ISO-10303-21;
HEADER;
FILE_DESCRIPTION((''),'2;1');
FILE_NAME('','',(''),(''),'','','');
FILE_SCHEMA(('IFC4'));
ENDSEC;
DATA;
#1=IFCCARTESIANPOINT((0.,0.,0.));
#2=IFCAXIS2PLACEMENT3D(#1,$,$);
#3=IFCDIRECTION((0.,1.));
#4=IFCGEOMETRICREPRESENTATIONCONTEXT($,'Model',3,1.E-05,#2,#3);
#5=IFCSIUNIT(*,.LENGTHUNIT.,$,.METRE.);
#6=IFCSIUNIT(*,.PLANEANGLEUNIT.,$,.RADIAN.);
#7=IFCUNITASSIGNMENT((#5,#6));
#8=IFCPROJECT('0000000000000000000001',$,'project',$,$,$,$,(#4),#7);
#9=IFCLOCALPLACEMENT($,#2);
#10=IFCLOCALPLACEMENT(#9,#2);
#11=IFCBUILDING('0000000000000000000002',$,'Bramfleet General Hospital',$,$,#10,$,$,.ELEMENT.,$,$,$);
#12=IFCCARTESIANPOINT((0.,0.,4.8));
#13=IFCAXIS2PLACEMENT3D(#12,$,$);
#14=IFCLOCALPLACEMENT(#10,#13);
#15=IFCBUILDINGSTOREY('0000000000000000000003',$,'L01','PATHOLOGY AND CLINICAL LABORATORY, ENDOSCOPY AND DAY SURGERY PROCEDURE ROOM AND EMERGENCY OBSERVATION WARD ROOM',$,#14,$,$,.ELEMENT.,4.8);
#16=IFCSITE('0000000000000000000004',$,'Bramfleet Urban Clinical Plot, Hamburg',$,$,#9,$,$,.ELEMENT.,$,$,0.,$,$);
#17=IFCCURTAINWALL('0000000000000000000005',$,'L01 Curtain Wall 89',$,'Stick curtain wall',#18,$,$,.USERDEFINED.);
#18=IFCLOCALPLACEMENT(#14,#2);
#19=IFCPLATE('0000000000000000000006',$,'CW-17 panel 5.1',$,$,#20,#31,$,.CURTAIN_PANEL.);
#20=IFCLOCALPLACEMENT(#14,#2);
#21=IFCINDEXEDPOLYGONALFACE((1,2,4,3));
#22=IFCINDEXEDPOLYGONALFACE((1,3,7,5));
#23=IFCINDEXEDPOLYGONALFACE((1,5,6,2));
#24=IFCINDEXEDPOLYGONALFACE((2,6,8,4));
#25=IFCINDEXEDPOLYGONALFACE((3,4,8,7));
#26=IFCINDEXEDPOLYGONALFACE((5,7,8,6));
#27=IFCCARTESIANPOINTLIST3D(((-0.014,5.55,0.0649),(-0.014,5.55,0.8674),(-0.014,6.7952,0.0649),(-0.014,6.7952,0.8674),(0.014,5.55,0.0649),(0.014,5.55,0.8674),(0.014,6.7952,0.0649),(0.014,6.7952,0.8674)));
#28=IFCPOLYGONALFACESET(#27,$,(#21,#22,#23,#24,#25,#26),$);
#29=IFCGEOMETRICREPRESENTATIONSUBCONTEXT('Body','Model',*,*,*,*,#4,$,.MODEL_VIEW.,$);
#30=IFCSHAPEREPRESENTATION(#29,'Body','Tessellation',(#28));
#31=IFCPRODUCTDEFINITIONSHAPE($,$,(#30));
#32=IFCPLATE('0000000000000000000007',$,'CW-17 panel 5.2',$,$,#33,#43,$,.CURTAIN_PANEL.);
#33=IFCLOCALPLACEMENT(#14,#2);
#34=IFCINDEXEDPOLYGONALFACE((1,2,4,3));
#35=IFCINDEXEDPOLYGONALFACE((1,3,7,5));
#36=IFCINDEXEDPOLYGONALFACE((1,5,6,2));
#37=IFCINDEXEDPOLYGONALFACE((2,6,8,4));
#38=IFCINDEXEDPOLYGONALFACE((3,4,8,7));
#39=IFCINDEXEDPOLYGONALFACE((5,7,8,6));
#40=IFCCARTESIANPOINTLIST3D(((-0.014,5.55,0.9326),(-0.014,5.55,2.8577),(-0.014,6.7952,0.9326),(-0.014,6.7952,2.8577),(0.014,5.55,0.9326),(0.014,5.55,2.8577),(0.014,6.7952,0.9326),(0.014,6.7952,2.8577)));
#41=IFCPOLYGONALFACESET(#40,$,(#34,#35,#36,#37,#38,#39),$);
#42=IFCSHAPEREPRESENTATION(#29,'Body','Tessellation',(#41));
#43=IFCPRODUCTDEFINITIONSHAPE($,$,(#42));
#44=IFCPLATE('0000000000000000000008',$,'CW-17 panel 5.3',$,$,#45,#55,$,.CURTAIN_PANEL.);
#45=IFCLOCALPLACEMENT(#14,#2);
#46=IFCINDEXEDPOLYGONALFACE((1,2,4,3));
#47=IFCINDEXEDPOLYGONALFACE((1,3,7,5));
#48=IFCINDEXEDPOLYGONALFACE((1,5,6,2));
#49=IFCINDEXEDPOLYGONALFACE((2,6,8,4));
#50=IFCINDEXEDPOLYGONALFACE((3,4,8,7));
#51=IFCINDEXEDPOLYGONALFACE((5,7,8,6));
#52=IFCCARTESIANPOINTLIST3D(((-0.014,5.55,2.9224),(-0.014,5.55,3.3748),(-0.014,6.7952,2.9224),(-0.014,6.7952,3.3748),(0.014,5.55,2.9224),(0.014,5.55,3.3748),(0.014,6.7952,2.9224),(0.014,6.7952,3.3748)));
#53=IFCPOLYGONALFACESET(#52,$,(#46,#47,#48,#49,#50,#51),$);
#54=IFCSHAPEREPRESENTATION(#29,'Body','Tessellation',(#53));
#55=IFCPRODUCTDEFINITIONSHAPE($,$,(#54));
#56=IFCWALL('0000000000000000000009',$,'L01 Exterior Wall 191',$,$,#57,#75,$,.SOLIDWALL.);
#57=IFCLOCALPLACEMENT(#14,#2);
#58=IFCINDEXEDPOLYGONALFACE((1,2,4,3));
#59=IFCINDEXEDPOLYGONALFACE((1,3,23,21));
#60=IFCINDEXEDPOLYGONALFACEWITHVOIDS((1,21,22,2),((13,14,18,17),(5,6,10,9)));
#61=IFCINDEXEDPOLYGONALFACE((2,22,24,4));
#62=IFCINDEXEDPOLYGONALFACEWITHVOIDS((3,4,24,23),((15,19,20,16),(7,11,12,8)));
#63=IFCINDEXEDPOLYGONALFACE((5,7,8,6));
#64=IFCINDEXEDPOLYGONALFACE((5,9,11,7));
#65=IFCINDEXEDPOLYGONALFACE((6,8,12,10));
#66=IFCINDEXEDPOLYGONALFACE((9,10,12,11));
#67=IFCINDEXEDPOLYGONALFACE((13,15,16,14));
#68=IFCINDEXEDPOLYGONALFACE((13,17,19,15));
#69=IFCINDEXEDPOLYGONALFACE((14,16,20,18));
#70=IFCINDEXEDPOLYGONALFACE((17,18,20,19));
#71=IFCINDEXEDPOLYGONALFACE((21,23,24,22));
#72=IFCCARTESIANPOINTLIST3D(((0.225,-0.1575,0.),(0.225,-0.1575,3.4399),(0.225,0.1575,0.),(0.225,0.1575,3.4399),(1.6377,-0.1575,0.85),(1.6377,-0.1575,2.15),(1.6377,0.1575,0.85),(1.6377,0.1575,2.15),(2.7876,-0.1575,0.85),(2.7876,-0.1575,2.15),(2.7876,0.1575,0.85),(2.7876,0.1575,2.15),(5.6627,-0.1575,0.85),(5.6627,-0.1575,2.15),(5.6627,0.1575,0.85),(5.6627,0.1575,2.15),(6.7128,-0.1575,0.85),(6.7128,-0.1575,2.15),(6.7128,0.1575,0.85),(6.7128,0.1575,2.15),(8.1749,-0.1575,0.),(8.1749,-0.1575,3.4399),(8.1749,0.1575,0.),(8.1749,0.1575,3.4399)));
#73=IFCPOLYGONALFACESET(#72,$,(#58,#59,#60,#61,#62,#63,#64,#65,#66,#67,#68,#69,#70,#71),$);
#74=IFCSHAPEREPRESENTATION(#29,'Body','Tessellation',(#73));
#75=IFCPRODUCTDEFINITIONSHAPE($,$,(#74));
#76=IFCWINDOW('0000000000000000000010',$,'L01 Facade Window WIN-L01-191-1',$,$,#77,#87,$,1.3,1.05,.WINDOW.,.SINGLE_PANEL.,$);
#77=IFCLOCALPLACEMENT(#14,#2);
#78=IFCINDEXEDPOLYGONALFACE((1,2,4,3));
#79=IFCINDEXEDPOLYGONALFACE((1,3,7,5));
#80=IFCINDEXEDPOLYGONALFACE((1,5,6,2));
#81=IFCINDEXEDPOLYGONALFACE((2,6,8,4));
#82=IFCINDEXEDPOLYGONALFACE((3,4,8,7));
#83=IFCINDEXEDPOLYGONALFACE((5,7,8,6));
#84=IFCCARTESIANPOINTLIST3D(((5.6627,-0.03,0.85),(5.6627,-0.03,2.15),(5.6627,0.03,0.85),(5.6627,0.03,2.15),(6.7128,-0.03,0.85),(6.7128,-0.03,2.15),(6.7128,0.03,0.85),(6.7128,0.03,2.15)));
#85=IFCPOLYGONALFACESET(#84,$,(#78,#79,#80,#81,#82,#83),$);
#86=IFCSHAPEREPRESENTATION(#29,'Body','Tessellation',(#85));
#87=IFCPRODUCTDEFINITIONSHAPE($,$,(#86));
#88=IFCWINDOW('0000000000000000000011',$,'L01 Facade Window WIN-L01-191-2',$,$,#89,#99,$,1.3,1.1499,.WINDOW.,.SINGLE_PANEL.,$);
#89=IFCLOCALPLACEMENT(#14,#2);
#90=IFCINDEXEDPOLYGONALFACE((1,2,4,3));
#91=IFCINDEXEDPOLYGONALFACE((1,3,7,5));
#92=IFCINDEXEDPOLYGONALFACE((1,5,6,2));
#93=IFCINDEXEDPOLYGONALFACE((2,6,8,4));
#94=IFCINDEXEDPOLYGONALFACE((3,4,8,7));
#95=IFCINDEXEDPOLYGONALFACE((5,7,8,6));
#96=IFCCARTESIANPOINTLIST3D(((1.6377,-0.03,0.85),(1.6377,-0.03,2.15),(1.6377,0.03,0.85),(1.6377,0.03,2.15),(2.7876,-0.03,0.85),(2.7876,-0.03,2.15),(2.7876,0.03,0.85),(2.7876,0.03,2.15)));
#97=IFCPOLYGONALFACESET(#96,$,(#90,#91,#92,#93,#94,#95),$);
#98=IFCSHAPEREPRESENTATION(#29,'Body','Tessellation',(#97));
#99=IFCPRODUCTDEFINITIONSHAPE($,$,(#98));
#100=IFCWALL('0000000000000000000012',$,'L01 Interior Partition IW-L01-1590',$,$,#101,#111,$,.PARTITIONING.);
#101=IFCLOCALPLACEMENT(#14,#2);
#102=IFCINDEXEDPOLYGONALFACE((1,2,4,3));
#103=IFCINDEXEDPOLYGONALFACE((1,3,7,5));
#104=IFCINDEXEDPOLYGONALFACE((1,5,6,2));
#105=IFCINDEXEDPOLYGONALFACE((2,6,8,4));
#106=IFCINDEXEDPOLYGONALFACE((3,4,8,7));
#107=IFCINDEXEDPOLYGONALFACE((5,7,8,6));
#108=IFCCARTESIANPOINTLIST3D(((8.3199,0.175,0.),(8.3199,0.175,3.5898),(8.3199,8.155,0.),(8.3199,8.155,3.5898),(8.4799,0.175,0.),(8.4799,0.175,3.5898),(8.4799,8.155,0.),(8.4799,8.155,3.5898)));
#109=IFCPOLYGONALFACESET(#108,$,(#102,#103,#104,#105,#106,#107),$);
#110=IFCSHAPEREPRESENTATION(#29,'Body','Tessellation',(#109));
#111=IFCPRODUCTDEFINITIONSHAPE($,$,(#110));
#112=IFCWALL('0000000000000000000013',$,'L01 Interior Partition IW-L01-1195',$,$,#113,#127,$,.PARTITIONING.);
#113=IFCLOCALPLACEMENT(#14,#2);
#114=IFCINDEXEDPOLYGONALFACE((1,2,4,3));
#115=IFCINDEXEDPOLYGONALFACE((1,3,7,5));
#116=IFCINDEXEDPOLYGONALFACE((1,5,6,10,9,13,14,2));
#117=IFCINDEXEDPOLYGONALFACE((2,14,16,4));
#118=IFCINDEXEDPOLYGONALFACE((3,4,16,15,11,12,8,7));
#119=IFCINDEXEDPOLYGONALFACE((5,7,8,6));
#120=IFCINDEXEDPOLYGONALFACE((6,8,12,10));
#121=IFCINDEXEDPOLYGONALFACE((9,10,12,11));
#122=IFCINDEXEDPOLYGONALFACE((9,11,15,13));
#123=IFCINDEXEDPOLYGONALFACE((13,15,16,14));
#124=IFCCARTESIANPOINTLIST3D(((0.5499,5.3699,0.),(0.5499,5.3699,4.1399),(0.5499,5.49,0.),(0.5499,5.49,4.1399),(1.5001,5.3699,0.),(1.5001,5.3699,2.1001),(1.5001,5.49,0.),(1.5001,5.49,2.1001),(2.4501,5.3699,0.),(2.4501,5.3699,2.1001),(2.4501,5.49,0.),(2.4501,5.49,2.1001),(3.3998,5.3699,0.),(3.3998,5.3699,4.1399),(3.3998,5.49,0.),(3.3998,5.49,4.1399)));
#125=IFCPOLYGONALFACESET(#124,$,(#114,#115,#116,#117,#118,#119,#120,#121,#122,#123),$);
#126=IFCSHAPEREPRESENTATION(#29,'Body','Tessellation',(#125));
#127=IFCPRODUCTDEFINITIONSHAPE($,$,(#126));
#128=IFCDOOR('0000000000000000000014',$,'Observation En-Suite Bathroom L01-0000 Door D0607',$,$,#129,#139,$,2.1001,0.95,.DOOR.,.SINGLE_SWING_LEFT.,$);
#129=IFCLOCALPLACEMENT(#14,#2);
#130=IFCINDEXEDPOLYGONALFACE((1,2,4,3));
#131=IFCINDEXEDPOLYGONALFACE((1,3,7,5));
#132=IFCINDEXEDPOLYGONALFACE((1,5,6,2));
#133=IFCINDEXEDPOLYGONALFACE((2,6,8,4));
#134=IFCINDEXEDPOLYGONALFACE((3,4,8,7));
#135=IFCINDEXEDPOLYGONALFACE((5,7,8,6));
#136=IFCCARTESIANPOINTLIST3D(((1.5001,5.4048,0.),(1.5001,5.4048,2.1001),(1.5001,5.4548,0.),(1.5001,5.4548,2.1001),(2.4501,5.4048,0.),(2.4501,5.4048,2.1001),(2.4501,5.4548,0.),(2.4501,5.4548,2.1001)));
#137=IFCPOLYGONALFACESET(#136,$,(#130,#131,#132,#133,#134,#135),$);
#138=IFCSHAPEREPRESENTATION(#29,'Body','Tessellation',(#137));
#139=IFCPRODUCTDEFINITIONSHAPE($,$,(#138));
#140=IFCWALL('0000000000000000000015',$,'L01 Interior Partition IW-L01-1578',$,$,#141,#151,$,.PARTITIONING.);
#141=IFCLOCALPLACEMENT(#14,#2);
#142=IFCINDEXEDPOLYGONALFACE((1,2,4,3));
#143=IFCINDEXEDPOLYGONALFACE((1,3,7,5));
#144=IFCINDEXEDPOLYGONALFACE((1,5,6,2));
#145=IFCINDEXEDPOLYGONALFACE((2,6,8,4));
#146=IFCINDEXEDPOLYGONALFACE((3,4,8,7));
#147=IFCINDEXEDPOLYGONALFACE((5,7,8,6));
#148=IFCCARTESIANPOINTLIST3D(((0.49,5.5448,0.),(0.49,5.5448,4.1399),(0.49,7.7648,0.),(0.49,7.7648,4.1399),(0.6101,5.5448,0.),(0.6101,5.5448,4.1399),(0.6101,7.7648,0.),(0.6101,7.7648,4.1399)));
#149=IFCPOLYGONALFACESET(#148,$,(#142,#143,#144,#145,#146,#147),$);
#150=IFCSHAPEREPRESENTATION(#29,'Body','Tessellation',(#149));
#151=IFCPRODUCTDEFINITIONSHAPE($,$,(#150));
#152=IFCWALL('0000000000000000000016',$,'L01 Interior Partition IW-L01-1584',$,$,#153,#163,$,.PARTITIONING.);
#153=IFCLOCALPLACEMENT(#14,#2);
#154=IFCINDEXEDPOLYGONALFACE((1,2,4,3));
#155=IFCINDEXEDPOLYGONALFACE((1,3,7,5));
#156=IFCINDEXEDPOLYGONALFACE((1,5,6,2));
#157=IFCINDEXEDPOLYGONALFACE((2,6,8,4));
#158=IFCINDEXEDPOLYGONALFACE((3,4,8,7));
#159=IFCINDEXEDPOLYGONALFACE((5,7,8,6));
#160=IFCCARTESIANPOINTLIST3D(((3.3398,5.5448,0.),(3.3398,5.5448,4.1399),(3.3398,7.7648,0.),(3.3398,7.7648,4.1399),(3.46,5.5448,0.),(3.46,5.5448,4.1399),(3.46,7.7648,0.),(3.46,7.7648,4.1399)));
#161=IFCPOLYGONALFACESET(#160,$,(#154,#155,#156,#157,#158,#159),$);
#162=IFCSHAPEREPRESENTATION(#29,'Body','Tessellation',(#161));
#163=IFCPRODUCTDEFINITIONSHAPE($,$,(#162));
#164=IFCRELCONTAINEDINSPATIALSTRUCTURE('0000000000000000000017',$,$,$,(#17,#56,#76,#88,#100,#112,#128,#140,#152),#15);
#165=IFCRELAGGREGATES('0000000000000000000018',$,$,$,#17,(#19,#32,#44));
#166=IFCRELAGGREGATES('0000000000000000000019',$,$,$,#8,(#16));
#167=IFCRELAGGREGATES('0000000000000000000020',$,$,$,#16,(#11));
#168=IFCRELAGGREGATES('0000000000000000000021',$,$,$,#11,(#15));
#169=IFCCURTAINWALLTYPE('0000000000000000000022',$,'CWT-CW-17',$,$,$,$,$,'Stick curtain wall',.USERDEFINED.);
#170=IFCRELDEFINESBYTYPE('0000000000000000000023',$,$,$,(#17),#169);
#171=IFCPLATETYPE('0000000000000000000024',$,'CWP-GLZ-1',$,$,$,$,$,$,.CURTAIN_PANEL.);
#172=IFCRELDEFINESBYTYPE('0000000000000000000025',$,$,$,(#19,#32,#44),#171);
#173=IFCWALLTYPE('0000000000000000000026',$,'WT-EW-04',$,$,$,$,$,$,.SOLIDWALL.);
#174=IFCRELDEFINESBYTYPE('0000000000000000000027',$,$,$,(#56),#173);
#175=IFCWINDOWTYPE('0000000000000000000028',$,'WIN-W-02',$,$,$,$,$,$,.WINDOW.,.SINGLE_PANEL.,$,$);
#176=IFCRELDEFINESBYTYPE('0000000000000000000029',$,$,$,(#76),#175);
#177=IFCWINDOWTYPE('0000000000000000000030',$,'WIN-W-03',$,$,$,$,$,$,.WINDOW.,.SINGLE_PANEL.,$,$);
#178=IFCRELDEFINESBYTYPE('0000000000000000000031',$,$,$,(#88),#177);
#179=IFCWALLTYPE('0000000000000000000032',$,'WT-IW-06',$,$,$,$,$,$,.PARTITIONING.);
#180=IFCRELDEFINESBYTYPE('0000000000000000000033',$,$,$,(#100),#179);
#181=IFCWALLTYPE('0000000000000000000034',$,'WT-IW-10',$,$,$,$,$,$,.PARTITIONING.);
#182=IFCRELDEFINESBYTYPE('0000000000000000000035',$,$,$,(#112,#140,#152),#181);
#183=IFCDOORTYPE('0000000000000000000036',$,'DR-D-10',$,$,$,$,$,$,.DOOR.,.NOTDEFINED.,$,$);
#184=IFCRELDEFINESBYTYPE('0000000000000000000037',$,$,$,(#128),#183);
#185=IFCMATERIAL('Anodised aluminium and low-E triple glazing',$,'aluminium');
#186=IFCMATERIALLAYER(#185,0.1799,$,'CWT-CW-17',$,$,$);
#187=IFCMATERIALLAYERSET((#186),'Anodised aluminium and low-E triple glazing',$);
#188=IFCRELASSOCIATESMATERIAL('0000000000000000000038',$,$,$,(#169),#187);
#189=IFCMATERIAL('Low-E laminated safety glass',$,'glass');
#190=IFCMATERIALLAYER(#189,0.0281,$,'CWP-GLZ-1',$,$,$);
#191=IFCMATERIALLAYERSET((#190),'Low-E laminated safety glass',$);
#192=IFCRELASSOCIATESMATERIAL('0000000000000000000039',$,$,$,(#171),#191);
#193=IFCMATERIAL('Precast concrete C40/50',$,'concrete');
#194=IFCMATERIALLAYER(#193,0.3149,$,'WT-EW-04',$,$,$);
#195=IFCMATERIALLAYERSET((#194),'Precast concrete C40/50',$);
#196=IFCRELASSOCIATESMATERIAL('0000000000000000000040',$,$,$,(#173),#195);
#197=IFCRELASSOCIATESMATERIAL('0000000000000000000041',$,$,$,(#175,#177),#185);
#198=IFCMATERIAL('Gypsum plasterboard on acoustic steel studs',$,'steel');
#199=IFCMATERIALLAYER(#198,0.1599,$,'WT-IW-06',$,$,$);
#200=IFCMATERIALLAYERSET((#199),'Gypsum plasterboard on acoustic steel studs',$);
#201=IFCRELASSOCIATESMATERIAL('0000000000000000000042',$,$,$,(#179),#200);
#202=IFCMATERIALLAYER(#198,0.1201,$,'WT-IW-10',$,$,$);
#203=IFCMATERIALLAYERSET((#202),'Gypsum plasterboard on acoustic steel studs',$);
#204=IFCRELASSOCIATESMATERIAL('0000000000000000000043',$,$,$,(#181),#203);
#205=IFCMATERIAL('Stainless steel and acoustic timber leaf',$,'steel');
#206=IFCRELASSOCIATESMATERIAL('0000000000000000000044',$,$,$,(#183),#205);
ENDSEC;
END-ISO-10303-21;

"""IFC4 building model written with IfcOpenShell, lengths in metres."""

from ifc_helpers import new_model, si_unit, direction, frame, frame_2d, origin, origin_2d, place, context, subcontext, project, spatial, rectangle, extrude, material, layer, layer_set, type_object, element, fill, aggregate, save


model = new_model("IFC4")

# Units and contexts
model_context = context("Model", 3, precision=1e-05, world=origin(), true_north=direction((0.0, 1.0)))
body_context = subcontext(model_context, "Body", "Model", "MODEL_VIEW")
ifc_project = project(units=[si_unit("LENGTHUNIT", "METRE"), si_unit("PLANEANGLEUNIT", "RADIAN")], contexts=[model_context])

# Site, building, storey
site_placement = place(None, origin())
site = spatial("IfcSite", under=ifc_project, at=site_placement, Name="Bramfleet Urban Clinical Plot, Hamburg", CompositionType="ELEMENT", RefElevation=0.0)
building_placement = place(site_placement, origin())
building = spatial("IfcBuilding", under=site, at=building_placement, Name="Bramfleet General Hospital", CompositionType="ELEMENT")
storey_placement = place(building_placement, frame((0.0, 0.0, 4.8)))
storey = spatial("IfcBuildingStorey", under=building, at=storey_placement, Name="L01", Description="PATHOLOGY AND CLINICAL LABORATORY, ENDOSCOPY AND DAY SURGERY PROCEDURE ROOM AND EMERGENCY OBSERVATION WARD ROOM", CompositionType="ELEMENT", Elevation=4.8)

# Curtain wall, plates
ifc_material_1 = material(Name="Anodised aluminium and low-E triple glazing", Category="aluminium")
ifc_layer_1 = layer(ifc_material_1, 0.1799, Name="CWT-CW-17")
ifc_layer_set_1 = layer_set([ifc_layer_1], Name="Anodised aluminium and low-E triple glazing")
curtain_wall_type = type_object("IfcCurtainWallType", Name="CWT-CW-17", ElementType="Stick curtain wall", PredefinedType="USERDEFINED", material=ifc_layer_set_1)
curtain_wall_placement = place(storey_placement, origin())
curtain_wall = element("IfcCurtainWall", 1, at=curtain_wall_placement, inside=storey, type_object=curtain_wall_type, Name="L01 Curtain Wall 89", ObjectType="Stick curtain wall", PredefinedType="USERDEFINED")
ifc_material_2 = material(Name="Low-E laminated safety glass", Category="glass")
ifc_layer_2 = layer(ifc_material_2, 0.0281, Name="CWP-GLZ-1")
ifc_layer_set_2 = layer_set([ifc_layer_2], Name="Low-E laminated safety glass")
plate_type = type_object("IfcPlateType", Name="CWP-GLZ-1", PredefinedType="CURTAIN_PANEL", material=ifc_layer_set_2)
plate_1_placement = place(storey_placement, frame((0.0, 6.1726, 0.0649), z_axis=(0.0, 0.0, 1.0), x_axis=(0.0, 1.0, 0.0)))
plate_1 = element("IfcPlate", 2, at=plate_1_placement, type_object=plate_type, Name="CW-17 panel 5.1", PredefinedType="CURTAIN_PANEL", context=body_context, shape_type="SweptSolid", body=[
    extrude(rectangle(XDim=1.2451, YDim=0.0281, at=origin_2d()), origin(), (0.0, 0.0, 1.0), 0.8025),
])
plate_2_placement = place(storey_placement, frame((0.0, 6.1726, 0.9326), z_axis=(0.0, 0.0, 1.0), x_axis=(0.0, 1.0, 0.0)))
plate_2 = element("IfcPlate", 3, at=plate_2_placement, type_object=plate_type, Name="CW-17 panel 5.2", PredefinedType="CURTAIN_PANEL", context=body_context, shape_type="SweptSolid", body=[
    extrude(rectangle(XDim=1.2451, YDim=0.0281, at=origin_2d()), origin(), (0.0, 0.0, 1.0), 1.925),
])
plate_3_placement = place(storey_placement, frame((0.0, 6.1726, 2.9224), z_axis=(0.0, 0.0, 1.0), x_axis=(0.0, 1.0, 0.0)))
plate_3 = element("IfcPlate", 4, at=plate_3_placement, type_object=plate_type, Name="CW-17 panel 5.3", PredefinedType="CURTAIN_PANEL", context=body_context, shape_type="SweptSolid", body=[
    extrude(rectangle(XDim=1.2451, YDim=0.0281, at=origin_2d()), origin(), (0.0, 0.0, 1.0), 0.4524),
])
aggregate(curtain_wall, [plate_1, plate_2, plate_3])

# Wall, openings, windows
ifc_material_3 = material(Name="Precast concrete C40/50", Category="concrete")
ifc_layer_3 = layer(ifc_material_3, 0.3149, Name="WT-EW-04")
ifc_layer_set_3 = layer_set([ifc_layer_3], Name="Precast concrete C40/50")
wall_type_1 = type_object("IfcWallType", Name="WT-EW-04", PredefinedType="SOLIDWALL", material=ifc_layer_set_3)
wall_1_placement = place(storey_placement, frame((8.175, 0.0, 0.0), z_axis=(0.0, 0.0, 1.0), x_axis=(-1.0, 0.0, 0.0)))
wall_1 = element("IfcWall", 5, at=wall_1_placement, inside=storey, type_object=wall_type_1, Name="L01 Exterior Wall 191", PredefinedType="SOLIDWALL", context=body_context, shape_type="SweptSolid", body=[
    extrude(rectangle(XDim=7.95, YDim=0.3149, at=frame_2d((3.9751, 0.0))), origin(), (0.0, 0.0, 1.0), 3.4399),
])
opening_1_placement = place(wall_1_placement, frame((1.4624, 0.0, 0.8501)))
opening_1 = element("IfcOpeningElement", 6, at=opening_1_placement, cuts=wall_1, PredefinedType="OPENING", context=body_context, shape_type="SweptSolid", body=[
    extrude(rectangle(XDim=1.05, YDim=1.3, at=frame_2d((0.5249, 0.6499))), frame((0.0, 0.1675, 0.0), z_axis=(0.0, -1.0, 0.0), x_axis=(1.0, 0.0, 0.0)), (0.0, 0.0, 1.0), 0.335),
])
opening_2_placement = place(wall_1_placement, frame((5.3875, 0.0, 0.8501)))
opening_2 = element("IfcOpeningElement", 7, at=opening_2_placement, cuts=wall_1, PredefinedType="OPENING", context=body_context, shape_type="SweptSolid", body=[
    extrude(rectangle(XDim=1.1499, YDim=1.3, at=frame_2d((0.575, 0.6499))), frame((0.0, 0.1675, 0.0), z_axis=(0.0, -1.0, 0.0), x_axis=(1.0, 0.0, 0.0)), (0.0, 0.0, 1.0), 0.335),
])
window_type_1 = type_object("IfcWindowType", Name="WIN-W-02", PartitioningType="SINGLE_PANEL", PredefinedType="WINDOW", material=ifc_material_1)
window_1_placement = place(opening_1_placement, origin())
window_1 = element("IfcWindow", 8, at=window_1_placement, inside=storey, type_object=window_type_1, Name="L01 Facade Window WIN-L01-191-1", OverallHeight=1.3, OverallWidth=1.05, PartitioningType="SINGLE_PANEL", PredefinedType="WINDOW", context=body_context, shape_type="SweptSolid", body=[
    extrude(rectangle(XDim=1.05, YDim=1.3, at=frame_2d((0.5249, 0.6499))), frame((0.0, 0.03, 0.0), z_axis=(0.0, -1.0, 0.0), x_axis=(1.0, 0.0, 0.0)), (0.0, 0.0, 1.0), 0.0601),
])
fill(opening_1, window_1)
window_type_2 = type_object("IfcWindowType", Name="WIN-W-03", PartitioningType="SINGLE_PANEL", PredefinedType="WINDOW", material=ifc_material_1)
window_2_placement = place(opening_2_placement, origin())
window_2 = element("IfcWindow", 9, at=window_2_placement, inside=storey, type_object=window_type_2, Name="L01 Facade Window WIN-L01-191-2", OverallHeight=1.3, OverallWidth=1.1499, PartitioningType="SINGLE_PANEL", PredefinedType="WINDOW", context=body_context, shape_type="SweptSolid", body=[
    extrude(rectangle(XDim=1.1499, YDim=1.3, at=frame_2d((0.575, 0.6499))), frame((0.0, 0.03, 0.0), z_axis=(0.0, -1.0, 0.0), x_axis=(1.0, 0.0, 0.0)), (0.0, 0.0, 1.0), 0.0601),
])
fill(opening_2, window_2)

# Wall
ifc_material_4 = material(Name="Gypsum plasterboard on acoustic steel studs", Category="steel")
ifc_layer_4 = layer(ifc_material_4, 0.1599, Name="WT-IW-06")
ifc_layer_set_4 = layer_set([ifc_layer_4], Name="Gypsum plasterboard on acoustic steel studs")
wall_type_2 = type_object("IfcWallType", Name="WT-IW-06", PredefinedType="PARTITIONING", material=ifc_layer_set_4)
wall_2_placement = place(storey_placement, frame((8.3999, 0.175, 0.0), z_axis=(0.0, 0.0, 1.0), x_axis=(0.0, 1.0, 0.0)))
element("IfcWall", 10, at=wall_2_placement, inside=storey, type_object=wall_type_2, Name="L01 Interior Partition IW-L01-1590", PredefinedType="PARTITIONING", context=body_context, shape_type="SweptSolid", body=[
    extrude(rectangle(XDim=7.98, YDim=0.1599, at=frame_2d((3.99, 0.0))), origin(), (0.0, 0.0, 1.0), 3.5898),
])

# Wall, opening, door
ifc_layer_5 = layer(ifc_material_4, 0.1201, Name="WT-IW-10")
ifc_layer_set_5 = layer_set([ifc_layer_5], Name="Gypsum plasterboard on acoustic steel studs")
wall_type_3 = type_object("IfcWallType", Name="WT-IW-10", PredefinedType="PARTITIONING", material=ifc_layer_set_5)
wall_3_placement = place(storey_placement, frame((0.55, 5.4299, 0.0), z_axis=(0.0, 0.0, 1.0), x_axis=(1.0, 0.0, 0.0)))
wall_3 = element("IfcWall", 11, at=wall_3_placement, inside=storey, type_object=wall_type_3, Name="L01 Interior Partition IW-L01-1195", PredefinedType="PARTITIONING", context=body_context, shape_type="SweptSolid", body=[
    extrude(rectangle(XDim=2.8499, YDim=0.1201, at=frame_2d((1.4248, 0.0))), origin(), (0.0, 0.0, 1.0), 4.1399),
])
opening_3_placement = place(wall_3_placement, frame((0.95, 0.0, 0.0)))
opening_3 = element("IfcOpeningElement", 12, at=opening_3_placement, cuts=wall_3, PredefinedType="OPENING", context=body_context, shape_type="SweptSolid", body=[
    extrude(rectangle(XDim=0.95, YDim=2.1001, at=frame_2d((0.4751, 1.05))), frame((0.0, 0.0701, 0.0), z_axis=(0.0, -1.0, 0.0), x_axis=(1.0, 0.0, 0.0)), (0.0, 0.0, 1.0), 0.1401),
])
ifc_material_5 = material(Name="Stainless steel and acoustic timber leaf", Category="steel")
door_type = type_object("IfcDoorType", Name="DR-D-10", OperationType="NOTDEFINED", PredefinedType="DOOR", material=ifc_material_5)
door_placement = place(opening_3_placement, origin())
door = element("IfcDoor", 13, at=door_placement, inside=storey, type_object=door_type, Name="Observation En-Suite Bathroom L01-0000 Door D0607", OperationType="SINGLE_SWING_LEFT", OverallHeight=2.1001, OverallWidth=0.95, PredefinedType="DOOR", context=body_context, shape_type="SweptSolid", body=[
    extrude(rectangle(XDim=0.95, YDim=2.1001, at=frame_2d((0.4751, 1.05))), frame((0.0, 0.0249, 0.0), z_axis=(0.0, -1.0, 0.0), x_axis=(1.0, 0.0, 0.0)), (0.0, 0.0, 1.0), 0.05),
])
fill(opening_3, door)

# Walls
for number, where, z_axis, x_axis, name in (
    (14, (0.55, 5.5449, 0.0), (0.0, 0.0, 1.0), (0.0, 1.0, 0.0), "L01 Interior Partition IW-L01-1578"),
    (15, (3.3999, 5.5449, 0.0), (0.0, 0.0, 1.0), (0.0, 1.0, 0.0), "L01 Interior Partition IW-L01-1584"),
):
    element("IfcWall", number, at=place(storey_placement, frame(where, z_axis=z_axis, x_axis=x_axis)), inside=storey, type_object=wall_type_3, Name=name, PredefinedType="PARTITIONING", context=body_context, shape_type="SweptSolid", body=[
        extrude(rectangle(XDim=2.22, YDim=0.1201, at=frame_2d((1.1099, 0.0))), origin(), (0.0, 0.0, 1.0), 4.1399),
    ])

save(model, "model.ifc")
